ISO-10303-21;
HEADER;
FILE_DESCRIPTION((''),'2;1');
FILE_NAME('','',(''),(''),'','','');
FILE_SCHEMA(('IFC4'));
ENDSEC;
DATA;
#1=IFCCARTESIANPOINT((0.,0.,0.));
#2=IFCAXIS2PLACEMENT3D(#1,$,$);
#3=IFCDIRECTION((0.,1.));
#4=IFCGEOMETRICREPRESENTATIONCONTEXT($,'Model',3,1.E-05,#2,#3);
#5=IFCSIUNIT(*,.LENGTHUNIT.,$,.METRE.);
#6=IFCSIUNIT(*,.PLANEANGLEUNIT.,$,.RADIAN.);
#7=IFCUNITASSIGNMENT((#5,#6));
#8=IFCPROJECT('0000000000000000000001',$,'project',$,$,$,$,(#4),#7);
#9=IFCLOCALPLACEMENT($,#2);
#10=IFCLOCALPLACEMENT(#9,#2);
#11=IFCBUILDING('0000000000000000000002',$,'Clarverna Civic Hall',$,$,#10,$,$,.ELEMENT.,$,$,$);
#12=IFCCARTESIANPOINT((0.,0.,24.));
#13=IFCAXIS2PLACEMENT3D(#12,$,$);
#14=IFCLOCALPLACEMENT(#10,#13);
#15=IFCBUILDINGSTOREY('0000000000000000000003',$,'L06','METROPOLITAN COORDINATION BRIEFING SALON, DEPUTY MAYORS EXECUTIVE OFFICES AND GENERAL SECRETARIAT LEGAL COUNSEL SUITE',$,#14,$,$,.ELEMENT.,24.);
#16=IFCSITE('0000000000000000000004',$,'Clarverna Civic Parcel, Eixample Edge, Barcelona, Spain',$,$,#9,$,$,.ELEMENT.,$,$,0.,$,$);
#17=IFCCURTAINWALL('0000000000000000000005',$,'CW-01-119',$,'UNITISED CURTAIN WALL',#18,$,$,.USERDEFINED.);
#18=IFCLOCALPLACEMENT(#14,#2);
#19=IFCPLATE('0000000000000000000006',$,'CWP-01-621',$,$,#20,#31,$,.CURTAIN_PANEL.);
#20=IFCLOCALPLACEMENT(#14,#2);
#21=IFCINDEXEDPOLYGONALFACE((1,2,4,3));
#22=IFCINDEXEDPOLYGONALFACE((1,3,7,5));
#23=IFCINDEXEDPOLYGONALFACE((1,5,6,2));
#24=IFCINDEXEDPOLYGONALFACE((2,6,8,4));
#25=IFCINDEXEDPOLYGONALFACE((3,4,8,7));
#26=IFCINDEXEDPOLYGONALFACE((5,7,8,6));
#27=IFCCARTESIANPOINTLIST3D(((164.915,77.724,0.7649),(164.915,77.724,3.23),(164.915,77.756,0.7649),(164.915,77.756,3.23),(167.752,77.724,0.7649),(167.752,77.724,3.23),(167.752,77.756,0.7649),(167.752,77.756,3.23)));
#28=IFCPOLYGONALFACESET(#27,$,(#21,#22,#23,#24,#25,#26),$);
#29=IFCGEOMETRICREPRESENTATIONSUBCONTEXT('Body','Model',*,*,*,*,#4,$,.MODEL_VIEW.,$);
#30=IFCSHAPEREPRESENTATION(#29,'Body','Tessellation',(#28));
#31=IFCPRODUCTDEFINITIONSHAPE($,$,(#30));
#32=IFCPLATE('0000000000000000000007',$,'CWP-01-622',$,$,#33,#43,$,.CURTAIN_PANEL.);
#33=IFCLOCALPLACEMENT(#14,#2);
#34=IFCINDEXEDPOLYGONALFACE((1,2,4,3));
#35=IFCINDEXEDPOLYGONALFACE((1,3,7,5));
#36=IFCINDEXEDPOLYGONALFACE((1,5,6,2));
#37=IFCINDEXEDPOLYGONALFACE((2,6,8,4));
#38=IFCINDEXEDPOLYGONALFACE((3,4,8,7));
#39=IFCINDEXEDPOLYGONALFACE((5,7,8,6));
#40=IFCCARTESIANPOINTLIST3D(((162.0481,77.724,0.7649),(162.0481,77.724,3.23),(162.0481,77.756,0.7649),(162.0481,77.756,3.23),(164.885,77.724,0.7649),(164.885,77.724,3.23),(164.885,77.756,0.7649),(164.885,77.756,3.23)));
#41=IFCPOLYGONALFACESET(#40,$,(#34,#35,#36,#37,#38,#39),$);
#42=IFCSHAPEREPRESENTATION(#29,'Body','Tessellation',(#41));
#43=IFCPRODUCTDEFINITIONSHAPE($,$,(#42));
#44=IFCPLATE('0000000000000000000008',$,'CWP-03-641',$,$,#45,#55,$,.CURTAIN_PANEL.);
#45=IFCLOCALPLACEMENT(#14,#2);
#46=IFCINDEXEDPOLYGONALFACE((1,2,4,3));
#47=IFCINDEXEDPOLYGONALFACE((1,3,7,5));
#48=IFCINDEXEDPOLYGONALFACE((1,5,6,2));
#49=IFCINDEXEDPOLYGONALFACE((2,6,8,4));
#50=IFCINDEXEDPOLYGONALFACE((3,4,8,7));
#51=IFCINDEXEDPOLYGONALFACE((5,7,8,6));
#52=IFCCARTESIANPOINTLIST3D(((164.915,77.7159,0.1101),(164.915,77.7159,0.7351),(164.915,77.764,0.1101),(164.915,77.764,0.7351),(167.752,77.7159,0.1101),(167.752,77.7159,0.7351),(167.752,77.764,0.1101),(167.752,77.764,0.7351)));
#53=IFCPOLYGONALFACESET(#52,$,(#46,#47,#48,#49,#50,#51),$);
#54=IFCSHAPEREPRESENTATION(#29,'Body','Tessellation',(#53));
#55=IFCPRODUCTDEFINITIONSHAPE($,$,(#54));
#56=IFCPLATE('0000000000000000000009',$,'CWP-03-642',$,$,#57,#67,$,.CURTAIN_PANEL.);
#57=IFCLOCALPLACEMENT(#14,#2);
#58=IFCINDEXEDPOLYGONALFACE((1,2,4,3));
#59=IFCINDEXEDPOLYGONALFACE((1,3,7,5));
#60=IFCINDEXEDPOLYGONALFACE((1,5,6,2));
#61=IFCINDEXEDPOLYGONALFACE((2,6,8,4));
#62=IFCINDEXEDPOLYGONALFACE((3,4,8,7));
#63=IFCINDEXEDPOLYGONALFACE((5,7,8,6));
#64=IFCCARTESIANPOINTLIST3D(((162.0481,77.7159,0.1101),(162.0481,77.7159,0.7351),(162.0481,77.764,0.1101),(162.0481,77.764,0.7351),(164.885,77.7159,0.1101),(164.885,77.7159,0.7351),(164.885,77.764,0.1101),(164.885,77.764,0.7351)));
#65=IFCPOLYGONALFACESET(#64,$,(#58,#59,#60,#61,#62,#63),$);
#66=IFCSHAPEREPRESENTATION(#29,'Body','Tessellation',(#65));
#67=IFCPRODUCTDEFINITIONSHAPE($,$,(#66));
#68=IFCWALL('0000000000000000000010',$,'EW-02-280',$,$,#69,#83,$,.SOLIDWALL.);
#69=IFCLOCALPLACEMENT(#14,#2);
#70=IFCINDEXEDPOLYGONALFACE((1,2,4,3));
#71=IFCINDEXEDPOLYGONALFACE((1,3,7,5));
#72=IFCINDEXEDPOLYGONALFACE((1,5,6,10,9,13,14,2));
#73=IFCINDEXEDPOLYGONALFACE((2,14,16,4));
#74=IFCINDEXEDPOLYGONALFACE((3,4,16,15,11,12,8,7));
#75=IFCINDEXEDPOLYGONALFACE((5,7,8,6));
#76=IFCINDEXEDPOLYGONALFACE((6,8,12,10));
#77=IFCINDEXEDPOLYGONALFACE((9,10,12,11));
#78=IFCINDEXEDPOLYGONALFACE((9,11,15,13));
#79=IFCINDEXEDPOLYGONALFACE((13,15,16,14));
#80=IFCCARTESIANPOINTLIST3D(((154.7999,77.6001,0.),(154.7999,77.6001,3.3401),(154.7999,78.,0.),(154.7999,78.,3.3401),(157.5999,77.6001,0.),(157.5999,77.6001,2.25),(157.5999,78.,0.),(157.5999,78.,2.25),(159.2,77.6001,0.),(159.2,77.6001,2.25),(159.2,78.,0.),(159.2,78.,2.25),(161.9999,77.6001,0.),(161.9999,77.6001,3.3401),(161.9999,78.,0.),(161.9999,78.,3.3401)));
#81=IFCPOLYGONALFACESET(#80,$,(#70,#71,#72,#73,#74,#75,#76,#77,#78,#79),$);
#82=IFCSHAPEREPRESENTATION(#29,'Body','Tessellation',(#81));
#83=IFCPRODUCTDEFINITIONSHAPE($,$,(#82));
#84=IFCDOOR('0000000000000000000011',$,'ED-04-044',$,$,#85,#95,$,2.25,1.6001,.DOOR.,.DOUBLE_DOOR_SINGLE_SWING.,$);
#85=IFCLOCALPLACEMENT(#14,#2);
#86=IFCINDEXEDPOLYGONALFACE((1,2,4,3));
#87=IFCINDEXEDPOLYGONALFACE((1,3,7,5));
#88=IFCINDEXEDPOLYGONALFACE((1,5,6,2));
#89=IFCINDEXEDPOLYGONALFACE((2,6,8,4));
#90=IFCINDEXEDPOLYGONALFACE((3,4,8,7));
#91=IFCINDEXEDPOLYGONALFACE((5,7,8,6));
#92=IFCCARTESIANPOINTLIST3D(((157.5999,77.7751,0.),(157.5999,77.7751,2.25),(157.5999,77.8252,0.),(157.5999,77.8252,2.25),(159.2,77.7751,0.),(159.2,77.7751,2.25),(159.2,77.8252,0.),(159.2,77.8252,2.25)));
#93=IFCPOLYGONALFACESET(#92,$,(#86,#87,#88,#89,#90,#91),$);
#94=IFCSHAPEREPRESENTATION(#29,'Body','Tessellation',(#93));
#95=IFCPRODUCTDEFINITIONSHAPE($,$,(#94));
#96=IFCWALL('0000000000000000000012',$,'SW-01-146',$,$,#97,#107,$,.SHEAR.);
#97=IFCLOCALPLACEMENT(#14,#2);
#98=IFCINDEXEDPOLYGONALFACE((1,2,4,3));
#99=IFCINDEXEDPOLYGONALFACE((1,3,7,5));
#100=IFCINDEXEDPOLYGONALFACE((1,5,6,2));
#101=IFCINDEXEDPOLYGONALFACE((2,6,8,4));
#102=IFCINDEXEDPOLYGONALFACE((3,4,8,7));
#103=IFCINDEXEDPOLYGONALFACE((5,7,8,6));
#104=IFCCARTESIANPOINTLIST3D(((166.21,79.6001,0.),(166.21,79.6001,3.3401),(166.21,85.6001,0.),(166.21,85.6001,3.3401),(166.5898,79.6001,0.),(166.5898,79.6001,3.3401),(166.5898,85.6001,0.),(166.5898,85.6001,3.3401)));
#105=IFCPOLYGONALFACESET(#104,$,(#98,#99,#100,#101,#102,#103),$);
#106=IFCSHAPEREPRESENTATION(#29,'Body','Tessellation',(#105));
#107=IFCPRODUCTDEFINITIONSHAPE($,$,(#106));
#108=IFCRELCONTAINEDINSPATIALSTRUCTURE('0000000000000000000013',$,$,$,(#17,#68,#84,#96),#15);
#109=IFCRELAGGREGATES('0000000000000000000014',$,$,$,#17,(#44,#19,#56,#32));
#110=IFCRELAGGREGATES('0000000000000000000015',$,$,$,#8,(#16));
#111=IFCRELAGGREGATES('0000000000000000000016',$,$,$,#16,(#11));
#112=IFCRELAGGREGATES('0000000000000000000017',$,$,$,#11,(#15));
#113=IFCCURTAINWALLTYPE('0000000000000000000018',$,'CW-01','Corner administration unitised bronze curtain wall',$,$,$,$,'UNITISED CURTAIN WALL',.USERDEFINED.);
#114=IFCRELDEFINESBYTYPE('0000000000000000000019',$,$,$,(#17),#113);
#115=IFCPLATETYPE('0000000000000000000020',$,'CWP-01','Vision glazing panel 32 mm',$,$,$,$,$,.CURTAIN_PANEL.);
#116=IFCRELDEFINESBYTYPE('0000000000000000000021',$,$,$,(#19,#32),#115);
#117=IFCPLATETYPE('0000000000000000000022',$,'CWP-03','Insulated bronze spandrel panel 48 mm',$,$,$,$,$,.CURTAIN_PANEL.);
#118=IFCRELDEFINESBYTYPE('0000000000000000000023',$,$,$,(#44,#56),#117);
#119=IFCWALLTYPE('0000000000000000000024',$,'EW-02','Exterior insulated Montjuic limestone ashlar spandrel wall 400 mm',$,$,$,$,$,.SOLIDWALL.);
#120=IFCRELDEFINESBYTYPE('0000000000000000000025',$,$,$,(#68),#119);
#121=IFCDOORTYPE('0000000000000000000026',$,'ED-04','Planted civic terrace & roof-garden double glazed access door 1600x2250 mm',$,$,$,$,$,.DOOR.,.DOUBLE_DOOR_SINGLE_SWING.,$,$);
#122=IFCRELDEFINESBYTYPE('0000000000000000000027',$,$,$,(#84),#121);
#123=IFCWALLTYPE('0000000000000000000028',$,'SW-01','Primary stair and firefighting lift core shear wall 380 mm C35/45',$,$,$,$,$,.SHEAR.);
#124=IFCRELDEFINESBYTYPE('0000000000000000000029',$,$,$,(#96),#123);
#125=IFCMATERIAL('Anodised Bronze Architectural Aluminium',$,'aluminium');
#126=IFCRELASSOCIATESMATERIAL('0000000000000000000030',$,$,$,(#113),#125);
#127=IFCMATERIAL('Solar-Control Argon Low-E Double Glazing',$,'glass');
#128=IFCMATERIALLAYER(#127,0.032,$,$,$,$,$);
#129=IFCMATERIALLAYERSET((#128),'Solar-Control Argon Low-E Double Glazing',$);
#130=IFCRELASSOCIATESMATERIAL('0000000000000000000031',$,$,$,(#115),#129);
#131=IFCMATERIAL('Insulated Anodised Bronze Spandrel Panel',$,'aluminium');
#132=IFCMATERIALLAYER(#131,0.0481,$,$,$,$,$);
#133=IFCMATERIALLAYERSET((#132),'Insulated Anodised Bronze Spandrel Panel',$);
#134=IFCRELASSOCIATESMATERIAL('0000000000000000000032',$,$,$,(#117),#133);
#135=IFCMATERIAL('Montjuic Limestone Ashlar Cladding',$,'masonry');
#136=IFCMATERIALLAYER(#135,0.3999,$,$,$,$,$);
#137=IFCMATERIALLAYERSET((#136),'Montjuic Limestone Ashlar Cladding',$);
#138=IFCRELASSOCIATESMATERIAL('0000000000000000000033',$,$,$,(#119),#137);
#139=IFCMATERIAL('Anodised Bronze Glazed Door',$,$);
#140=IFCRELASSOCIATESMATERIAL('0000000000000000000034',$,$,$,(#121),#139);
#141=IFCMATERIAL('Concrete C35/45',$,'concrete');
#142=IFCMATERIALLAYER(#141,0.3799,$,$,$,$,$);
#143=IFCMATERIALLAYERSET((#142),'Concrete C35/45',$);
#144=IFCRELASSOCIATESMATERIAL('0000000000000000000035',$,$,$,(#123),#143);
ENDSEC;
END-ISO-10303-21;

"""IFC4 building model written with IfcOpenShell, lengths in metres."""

from ifc_helpers import new_model, si_unit, direction, frame, frame_2d, origin, place, context, subcontext, project, spatial, rectangle, extrude, material, layer, layer_set, type_object, element, fill, aggregate, save


model = new_model("IFC4")

# Units and contexts
model_context = context("Model", 3, precision=1e-05, world=origin(), true_north=direction((0.0, 1.0)))
body_context = subcontext(model_context, "Body", "Model", "MODEL_VIEW")
ifc_project = project(units=[si_unit("LENGTHUNIT", "METRE"), si_unit("PLANEANGLEUNIT", "RADIAN")], contexts=[model_context])

# Site, building, storey
site_placement = place(None, origin())
site = spatial("IfcSite", under=ifc_project, at=site_placement, Name="Clarverna Civic Parcel, Eixample Edge, Barcelona, Spain", CompositionType="ELEMENT", RefElevation=0.0)
building_placement = place(site_placement, origin())
building = spatial("IfcBuilding", under=site, at=building_placement, Name="Clarverna Civic Hall", CompositionType="ELEMENT")
storey_placement = place(building_placement, frame((0.0, 0.0, 24.0)))
storey = spatial("IfcBuildingStorey", under=building, at=storey_placement, Name="L06", Description="METROPOLITAN COORDINATION BRIEFING SALON, DEPUTY MAYORS EXECUTIVE OFFICES AND GENERAL SECRETARIAT LEGAL COUNSEL SUITE", CompositionType="ELEMENT", Elevation=24.0)

# Shared definitions
ifc_material_1 = material(Name="Concrete C35/45", Category="concrete")

# Curtain wall
ifc_material_2 = material(Name="Anodised Bronze Architectural Aluminium", Category="aluminium")
curtain_wall_type = type_object("IfcCurtainWallType", Name="CW-01", Description="Corner administration unitised bronze curtain wall", ElementType="UNITISED CURTAIN WALL", PredefinedType="USERDEFINED", material=ifc_material_2)
curtain_wall_1_placement = place(storey_placement, origin())
curtain_wall_1 = element("IfcCurtainWall", 1, at=curtain_wall_1_placement, inside=storey, type_object=curtain_wall_type, Name="CW-01-119", ObjectType="UNITISED CURTAIN WALL", PredefinedType="USERDEFINED")

# Plates
ifc_material_3 = material(Name="Solar-Control Argon Low-E Double Glazing", Category="glass")
ifc_layer_1 = layer(ifc_material_3, 0.032)
ifc_layer_set_1 = layer_set([ifc_layer_1], Name="Solar-Control Argon Low-E Double Glazing")
plate_type_1 = type_object("IfcPlateType", Name="CWP-01", Description="Vision glazing panel 32 mm", PredefinedType="CURTAIN_PANEL", material=ifc_layer_set_1)
plate_1_placement = place(storey_placement, frame((167.752, 77.74, 0.7649), z_axis=(0.0, 0.0, 1.0), x_axis=(-1.0, 0.0, 0.0)))
plate_1 = element("IfcPlate", 2, at=plate_1_placement, type_object=plate_type_1, Name="CWP-01-621", PredefinedType="CURTAIN_PANEL", context=body_context, shape_type="SweptSolid", body=[
    extrude(rectangle(XDim=2.8369, YDim=0.032, at=frame_2d((1.4185, 0.0))), origin(), (0.0, 0.0, 1.0), 2.4651),
])
plate_2_placement = place(storey_placement, frame((164.885, 77.74, 0.7649), z_axis=(0.0, 0.0, 1.0), x_axis=(-1.0, 0.0, 0.0)))
plate_2 = element("IfcPlate", 3, at=plate_2_placement, type_object=plate_type_1, Name="CWP-01-622", PredefinedType="CURTAIN_PANEL", context=body_context, shape_type="SweptSolid", body=[
    extrude(rectangle(XDim=2.8369, YDim=0.032, at=frame_2d((1.4185, 0.0))), origin(), (0.0, 0.0, 1.0), 2.4651),
])
ifc_material_4 = material(Name="Insulated Anodised Bronze Spandrel Panel", Category="aluminium")
ifc_layer_2 = layer(ifc_material_4, 0.0481)
ifc_layer_set_2 = layer_set([ifc_layer_2], Name="Insulated Anodised Bronze Spandrel Panel")
plate_type_2 = type_object("IfcPlateType", Name="CWP-03", Description="Insulated bronze spandrel panel 48 mm", PredefinedType="CURTAIN_PANEL", material=ifc_layer_set_2)
plate_3_placement = place(storey_placement, frame((167.752, 77.74, 0.1101), z_axis=(0.0, 0.0, 1.0), x_axis=(-1.0, 0.0, 0.0)))
plate_3 = element("IfcPlate", 4, at=plate_3_placement, type_object=plate_type_2, Name="CWP-03-641", PredefinedType="CURTAIN_PANEL", context=body_context, shape_type="SweptSolid", body=[
    extrude(rectangle(XDim=2.8369, YDim=0.0481, at=frame_2d((1.4185, 0.0))), origin(), (0.0, 0.0, 1.0), 0.625),
])
plate_4_placement = place(storey_placement, frame((164.885, 77.74, 0.1101), z_axis=(0.0, 0.0, 1.0), x_axis=(-1.0, 0.0, 0.0)))
plate_4 = element("IfcPlate", 5, at=plate_4_placement, type_object=plate_type_2, Name="CWP-03-642", PredefinedType="CURTAIN_PANEL", context=body_context, shape_type="SweptSolid", body=[
    extrude(rectangle(XDim=2.8369, YDim=0.0481, at=frame_2d((1.4185, 0.0))), origin(), (0.0, 0.0, 1.0), 0.625),
])
aggregate(curtain_wall_1, [plate_3, plate_1, plate_4, plate_2])

# Wall, opening, door
ifc_material_5 = material(Name="Montjuic Limestone Ashlar Cladding", Category="masonry")
ifc_layer_3 = layer(ifc_material_5, 0.3999)
ifc_layer_set_3 = layer_set([ifc_layer_3], Name="Montjuic Limestone Ashlar Cladding")
wall_type_1 = type_object("IfcWallType", Name="EW-02", Description="Exterior insulated Montjuic limestone ashlar spandrel wall 400 mm", PredefinedType="SOLIDWALL", material=ifc_layer_set_3)
wall_1_placement = place(storey_placement, frame((162.0, 77.8, 0.0), z_axis=(0.0, 0.0, 1.0), x_axis=(-1.0, 0.0, 0.0)))
wall_1 = element("IfcWall", 6, at=wall_1_placement, inside=storey, type_object=wall_type_1, Name="EW-02-280", PredefinedType="SOLIDWALL", context=body_context, shape_type="SweptSolid", body=[
    extrude(rectangle(XDim=7.2, YDim=0.3999, at=frame_2d((3.6001, 0.0))), origin(), (0.0, 0.0, 1.0), 3.3401),
])
opening_placement = place(wall_1_placement, frame((2.8, 0.0, 0.0)))
opening = element("IfcOpeningElement", 7, at=opening_placement, cuts=wall_1, PredefinedType="OPENING", context=body_context, shape_type="SweptSolid", body=[
    extrude(rectangle(XDim=1.6001, YDim=2.25, at=frame_2d((0.8, 1.125))), frame((0.0, 0.21, 0.0), z_axis=(0.0, -1.0, 0.0), x_axis=(1.0, 0.0, 0.0)), (0.0, 0.0, 1.0), 0.4199),
])
ifc_material_6 = material(Name="Anodised Bronze Glazed Door")
door_type = type_object("IfcDoorType", Name="ED-04", Description="Planted civic terrace & roof-garden double glazed access door 1600x2250 mm", OperationType="DOUBLE_DOOR_SINGLE_SWING", PredefinedType="DOOR", material=ifc_material_6)
door_placement = place(opening_placement, origin())
door = element("IfcDoor", 8, at=door_placement, inside=storey, type_object=door_type, Name="ED-04-044", OperationType="DOUBLE_DOOR_SINGLE_SWING", OverallHeight=2.25, OverallWidth=1.6001, PredefinedType="DOOR", context=body_context, shape_type="SweptSolid", body=[
    extrude(rectangle(XDim=1.6001, YDim=2.25, at=frame_2d((0.8, 1.125))), frame((0.0, 0.0249, 0.0), z_axis=(0.0, -1.0, 0.0), x_axis=(1.0, 0.0, 0.0)), (0.0, 0.0, 1.0), 0.05),
])
fill(opening, door)

# Wall
ifc_layer_4 = layer(ifc_material_1, 0.3799)
ifc_layer_set_4 = layer_set([ifc_layer_4], Name="Concrete C35/45")
wall_type_2 = type_object("IfcWallType", Name="SW-01", Description="Primary stair and firefighting lift core shear wall 380 mm C35/45", PredefinedType="SHEAR", material=ifc_layer_set_4)
wall_2_placement = place(storey_placement, frame((166.3999, 79.6001, 0.0), z_axis=(0.0, 0.0, 1.0), x_axis=(0.0, 1.0, 0.0)))
element("IfcWall", 9, at=wall_2_placement, inside=storey, type_object=wall_type_2, Name="SW-01-146", PredefinedType="SHEAR", context=body_context, shape_type="SweptSolid", body=[
    extrude(rectangle(XDim=6.0, YDim=0.3799, at=frame_2d((3.0, 0.0))), origin(), (0.0, 0.0, 1.0), 3.3401),
])

save(model, "model.ifc")
